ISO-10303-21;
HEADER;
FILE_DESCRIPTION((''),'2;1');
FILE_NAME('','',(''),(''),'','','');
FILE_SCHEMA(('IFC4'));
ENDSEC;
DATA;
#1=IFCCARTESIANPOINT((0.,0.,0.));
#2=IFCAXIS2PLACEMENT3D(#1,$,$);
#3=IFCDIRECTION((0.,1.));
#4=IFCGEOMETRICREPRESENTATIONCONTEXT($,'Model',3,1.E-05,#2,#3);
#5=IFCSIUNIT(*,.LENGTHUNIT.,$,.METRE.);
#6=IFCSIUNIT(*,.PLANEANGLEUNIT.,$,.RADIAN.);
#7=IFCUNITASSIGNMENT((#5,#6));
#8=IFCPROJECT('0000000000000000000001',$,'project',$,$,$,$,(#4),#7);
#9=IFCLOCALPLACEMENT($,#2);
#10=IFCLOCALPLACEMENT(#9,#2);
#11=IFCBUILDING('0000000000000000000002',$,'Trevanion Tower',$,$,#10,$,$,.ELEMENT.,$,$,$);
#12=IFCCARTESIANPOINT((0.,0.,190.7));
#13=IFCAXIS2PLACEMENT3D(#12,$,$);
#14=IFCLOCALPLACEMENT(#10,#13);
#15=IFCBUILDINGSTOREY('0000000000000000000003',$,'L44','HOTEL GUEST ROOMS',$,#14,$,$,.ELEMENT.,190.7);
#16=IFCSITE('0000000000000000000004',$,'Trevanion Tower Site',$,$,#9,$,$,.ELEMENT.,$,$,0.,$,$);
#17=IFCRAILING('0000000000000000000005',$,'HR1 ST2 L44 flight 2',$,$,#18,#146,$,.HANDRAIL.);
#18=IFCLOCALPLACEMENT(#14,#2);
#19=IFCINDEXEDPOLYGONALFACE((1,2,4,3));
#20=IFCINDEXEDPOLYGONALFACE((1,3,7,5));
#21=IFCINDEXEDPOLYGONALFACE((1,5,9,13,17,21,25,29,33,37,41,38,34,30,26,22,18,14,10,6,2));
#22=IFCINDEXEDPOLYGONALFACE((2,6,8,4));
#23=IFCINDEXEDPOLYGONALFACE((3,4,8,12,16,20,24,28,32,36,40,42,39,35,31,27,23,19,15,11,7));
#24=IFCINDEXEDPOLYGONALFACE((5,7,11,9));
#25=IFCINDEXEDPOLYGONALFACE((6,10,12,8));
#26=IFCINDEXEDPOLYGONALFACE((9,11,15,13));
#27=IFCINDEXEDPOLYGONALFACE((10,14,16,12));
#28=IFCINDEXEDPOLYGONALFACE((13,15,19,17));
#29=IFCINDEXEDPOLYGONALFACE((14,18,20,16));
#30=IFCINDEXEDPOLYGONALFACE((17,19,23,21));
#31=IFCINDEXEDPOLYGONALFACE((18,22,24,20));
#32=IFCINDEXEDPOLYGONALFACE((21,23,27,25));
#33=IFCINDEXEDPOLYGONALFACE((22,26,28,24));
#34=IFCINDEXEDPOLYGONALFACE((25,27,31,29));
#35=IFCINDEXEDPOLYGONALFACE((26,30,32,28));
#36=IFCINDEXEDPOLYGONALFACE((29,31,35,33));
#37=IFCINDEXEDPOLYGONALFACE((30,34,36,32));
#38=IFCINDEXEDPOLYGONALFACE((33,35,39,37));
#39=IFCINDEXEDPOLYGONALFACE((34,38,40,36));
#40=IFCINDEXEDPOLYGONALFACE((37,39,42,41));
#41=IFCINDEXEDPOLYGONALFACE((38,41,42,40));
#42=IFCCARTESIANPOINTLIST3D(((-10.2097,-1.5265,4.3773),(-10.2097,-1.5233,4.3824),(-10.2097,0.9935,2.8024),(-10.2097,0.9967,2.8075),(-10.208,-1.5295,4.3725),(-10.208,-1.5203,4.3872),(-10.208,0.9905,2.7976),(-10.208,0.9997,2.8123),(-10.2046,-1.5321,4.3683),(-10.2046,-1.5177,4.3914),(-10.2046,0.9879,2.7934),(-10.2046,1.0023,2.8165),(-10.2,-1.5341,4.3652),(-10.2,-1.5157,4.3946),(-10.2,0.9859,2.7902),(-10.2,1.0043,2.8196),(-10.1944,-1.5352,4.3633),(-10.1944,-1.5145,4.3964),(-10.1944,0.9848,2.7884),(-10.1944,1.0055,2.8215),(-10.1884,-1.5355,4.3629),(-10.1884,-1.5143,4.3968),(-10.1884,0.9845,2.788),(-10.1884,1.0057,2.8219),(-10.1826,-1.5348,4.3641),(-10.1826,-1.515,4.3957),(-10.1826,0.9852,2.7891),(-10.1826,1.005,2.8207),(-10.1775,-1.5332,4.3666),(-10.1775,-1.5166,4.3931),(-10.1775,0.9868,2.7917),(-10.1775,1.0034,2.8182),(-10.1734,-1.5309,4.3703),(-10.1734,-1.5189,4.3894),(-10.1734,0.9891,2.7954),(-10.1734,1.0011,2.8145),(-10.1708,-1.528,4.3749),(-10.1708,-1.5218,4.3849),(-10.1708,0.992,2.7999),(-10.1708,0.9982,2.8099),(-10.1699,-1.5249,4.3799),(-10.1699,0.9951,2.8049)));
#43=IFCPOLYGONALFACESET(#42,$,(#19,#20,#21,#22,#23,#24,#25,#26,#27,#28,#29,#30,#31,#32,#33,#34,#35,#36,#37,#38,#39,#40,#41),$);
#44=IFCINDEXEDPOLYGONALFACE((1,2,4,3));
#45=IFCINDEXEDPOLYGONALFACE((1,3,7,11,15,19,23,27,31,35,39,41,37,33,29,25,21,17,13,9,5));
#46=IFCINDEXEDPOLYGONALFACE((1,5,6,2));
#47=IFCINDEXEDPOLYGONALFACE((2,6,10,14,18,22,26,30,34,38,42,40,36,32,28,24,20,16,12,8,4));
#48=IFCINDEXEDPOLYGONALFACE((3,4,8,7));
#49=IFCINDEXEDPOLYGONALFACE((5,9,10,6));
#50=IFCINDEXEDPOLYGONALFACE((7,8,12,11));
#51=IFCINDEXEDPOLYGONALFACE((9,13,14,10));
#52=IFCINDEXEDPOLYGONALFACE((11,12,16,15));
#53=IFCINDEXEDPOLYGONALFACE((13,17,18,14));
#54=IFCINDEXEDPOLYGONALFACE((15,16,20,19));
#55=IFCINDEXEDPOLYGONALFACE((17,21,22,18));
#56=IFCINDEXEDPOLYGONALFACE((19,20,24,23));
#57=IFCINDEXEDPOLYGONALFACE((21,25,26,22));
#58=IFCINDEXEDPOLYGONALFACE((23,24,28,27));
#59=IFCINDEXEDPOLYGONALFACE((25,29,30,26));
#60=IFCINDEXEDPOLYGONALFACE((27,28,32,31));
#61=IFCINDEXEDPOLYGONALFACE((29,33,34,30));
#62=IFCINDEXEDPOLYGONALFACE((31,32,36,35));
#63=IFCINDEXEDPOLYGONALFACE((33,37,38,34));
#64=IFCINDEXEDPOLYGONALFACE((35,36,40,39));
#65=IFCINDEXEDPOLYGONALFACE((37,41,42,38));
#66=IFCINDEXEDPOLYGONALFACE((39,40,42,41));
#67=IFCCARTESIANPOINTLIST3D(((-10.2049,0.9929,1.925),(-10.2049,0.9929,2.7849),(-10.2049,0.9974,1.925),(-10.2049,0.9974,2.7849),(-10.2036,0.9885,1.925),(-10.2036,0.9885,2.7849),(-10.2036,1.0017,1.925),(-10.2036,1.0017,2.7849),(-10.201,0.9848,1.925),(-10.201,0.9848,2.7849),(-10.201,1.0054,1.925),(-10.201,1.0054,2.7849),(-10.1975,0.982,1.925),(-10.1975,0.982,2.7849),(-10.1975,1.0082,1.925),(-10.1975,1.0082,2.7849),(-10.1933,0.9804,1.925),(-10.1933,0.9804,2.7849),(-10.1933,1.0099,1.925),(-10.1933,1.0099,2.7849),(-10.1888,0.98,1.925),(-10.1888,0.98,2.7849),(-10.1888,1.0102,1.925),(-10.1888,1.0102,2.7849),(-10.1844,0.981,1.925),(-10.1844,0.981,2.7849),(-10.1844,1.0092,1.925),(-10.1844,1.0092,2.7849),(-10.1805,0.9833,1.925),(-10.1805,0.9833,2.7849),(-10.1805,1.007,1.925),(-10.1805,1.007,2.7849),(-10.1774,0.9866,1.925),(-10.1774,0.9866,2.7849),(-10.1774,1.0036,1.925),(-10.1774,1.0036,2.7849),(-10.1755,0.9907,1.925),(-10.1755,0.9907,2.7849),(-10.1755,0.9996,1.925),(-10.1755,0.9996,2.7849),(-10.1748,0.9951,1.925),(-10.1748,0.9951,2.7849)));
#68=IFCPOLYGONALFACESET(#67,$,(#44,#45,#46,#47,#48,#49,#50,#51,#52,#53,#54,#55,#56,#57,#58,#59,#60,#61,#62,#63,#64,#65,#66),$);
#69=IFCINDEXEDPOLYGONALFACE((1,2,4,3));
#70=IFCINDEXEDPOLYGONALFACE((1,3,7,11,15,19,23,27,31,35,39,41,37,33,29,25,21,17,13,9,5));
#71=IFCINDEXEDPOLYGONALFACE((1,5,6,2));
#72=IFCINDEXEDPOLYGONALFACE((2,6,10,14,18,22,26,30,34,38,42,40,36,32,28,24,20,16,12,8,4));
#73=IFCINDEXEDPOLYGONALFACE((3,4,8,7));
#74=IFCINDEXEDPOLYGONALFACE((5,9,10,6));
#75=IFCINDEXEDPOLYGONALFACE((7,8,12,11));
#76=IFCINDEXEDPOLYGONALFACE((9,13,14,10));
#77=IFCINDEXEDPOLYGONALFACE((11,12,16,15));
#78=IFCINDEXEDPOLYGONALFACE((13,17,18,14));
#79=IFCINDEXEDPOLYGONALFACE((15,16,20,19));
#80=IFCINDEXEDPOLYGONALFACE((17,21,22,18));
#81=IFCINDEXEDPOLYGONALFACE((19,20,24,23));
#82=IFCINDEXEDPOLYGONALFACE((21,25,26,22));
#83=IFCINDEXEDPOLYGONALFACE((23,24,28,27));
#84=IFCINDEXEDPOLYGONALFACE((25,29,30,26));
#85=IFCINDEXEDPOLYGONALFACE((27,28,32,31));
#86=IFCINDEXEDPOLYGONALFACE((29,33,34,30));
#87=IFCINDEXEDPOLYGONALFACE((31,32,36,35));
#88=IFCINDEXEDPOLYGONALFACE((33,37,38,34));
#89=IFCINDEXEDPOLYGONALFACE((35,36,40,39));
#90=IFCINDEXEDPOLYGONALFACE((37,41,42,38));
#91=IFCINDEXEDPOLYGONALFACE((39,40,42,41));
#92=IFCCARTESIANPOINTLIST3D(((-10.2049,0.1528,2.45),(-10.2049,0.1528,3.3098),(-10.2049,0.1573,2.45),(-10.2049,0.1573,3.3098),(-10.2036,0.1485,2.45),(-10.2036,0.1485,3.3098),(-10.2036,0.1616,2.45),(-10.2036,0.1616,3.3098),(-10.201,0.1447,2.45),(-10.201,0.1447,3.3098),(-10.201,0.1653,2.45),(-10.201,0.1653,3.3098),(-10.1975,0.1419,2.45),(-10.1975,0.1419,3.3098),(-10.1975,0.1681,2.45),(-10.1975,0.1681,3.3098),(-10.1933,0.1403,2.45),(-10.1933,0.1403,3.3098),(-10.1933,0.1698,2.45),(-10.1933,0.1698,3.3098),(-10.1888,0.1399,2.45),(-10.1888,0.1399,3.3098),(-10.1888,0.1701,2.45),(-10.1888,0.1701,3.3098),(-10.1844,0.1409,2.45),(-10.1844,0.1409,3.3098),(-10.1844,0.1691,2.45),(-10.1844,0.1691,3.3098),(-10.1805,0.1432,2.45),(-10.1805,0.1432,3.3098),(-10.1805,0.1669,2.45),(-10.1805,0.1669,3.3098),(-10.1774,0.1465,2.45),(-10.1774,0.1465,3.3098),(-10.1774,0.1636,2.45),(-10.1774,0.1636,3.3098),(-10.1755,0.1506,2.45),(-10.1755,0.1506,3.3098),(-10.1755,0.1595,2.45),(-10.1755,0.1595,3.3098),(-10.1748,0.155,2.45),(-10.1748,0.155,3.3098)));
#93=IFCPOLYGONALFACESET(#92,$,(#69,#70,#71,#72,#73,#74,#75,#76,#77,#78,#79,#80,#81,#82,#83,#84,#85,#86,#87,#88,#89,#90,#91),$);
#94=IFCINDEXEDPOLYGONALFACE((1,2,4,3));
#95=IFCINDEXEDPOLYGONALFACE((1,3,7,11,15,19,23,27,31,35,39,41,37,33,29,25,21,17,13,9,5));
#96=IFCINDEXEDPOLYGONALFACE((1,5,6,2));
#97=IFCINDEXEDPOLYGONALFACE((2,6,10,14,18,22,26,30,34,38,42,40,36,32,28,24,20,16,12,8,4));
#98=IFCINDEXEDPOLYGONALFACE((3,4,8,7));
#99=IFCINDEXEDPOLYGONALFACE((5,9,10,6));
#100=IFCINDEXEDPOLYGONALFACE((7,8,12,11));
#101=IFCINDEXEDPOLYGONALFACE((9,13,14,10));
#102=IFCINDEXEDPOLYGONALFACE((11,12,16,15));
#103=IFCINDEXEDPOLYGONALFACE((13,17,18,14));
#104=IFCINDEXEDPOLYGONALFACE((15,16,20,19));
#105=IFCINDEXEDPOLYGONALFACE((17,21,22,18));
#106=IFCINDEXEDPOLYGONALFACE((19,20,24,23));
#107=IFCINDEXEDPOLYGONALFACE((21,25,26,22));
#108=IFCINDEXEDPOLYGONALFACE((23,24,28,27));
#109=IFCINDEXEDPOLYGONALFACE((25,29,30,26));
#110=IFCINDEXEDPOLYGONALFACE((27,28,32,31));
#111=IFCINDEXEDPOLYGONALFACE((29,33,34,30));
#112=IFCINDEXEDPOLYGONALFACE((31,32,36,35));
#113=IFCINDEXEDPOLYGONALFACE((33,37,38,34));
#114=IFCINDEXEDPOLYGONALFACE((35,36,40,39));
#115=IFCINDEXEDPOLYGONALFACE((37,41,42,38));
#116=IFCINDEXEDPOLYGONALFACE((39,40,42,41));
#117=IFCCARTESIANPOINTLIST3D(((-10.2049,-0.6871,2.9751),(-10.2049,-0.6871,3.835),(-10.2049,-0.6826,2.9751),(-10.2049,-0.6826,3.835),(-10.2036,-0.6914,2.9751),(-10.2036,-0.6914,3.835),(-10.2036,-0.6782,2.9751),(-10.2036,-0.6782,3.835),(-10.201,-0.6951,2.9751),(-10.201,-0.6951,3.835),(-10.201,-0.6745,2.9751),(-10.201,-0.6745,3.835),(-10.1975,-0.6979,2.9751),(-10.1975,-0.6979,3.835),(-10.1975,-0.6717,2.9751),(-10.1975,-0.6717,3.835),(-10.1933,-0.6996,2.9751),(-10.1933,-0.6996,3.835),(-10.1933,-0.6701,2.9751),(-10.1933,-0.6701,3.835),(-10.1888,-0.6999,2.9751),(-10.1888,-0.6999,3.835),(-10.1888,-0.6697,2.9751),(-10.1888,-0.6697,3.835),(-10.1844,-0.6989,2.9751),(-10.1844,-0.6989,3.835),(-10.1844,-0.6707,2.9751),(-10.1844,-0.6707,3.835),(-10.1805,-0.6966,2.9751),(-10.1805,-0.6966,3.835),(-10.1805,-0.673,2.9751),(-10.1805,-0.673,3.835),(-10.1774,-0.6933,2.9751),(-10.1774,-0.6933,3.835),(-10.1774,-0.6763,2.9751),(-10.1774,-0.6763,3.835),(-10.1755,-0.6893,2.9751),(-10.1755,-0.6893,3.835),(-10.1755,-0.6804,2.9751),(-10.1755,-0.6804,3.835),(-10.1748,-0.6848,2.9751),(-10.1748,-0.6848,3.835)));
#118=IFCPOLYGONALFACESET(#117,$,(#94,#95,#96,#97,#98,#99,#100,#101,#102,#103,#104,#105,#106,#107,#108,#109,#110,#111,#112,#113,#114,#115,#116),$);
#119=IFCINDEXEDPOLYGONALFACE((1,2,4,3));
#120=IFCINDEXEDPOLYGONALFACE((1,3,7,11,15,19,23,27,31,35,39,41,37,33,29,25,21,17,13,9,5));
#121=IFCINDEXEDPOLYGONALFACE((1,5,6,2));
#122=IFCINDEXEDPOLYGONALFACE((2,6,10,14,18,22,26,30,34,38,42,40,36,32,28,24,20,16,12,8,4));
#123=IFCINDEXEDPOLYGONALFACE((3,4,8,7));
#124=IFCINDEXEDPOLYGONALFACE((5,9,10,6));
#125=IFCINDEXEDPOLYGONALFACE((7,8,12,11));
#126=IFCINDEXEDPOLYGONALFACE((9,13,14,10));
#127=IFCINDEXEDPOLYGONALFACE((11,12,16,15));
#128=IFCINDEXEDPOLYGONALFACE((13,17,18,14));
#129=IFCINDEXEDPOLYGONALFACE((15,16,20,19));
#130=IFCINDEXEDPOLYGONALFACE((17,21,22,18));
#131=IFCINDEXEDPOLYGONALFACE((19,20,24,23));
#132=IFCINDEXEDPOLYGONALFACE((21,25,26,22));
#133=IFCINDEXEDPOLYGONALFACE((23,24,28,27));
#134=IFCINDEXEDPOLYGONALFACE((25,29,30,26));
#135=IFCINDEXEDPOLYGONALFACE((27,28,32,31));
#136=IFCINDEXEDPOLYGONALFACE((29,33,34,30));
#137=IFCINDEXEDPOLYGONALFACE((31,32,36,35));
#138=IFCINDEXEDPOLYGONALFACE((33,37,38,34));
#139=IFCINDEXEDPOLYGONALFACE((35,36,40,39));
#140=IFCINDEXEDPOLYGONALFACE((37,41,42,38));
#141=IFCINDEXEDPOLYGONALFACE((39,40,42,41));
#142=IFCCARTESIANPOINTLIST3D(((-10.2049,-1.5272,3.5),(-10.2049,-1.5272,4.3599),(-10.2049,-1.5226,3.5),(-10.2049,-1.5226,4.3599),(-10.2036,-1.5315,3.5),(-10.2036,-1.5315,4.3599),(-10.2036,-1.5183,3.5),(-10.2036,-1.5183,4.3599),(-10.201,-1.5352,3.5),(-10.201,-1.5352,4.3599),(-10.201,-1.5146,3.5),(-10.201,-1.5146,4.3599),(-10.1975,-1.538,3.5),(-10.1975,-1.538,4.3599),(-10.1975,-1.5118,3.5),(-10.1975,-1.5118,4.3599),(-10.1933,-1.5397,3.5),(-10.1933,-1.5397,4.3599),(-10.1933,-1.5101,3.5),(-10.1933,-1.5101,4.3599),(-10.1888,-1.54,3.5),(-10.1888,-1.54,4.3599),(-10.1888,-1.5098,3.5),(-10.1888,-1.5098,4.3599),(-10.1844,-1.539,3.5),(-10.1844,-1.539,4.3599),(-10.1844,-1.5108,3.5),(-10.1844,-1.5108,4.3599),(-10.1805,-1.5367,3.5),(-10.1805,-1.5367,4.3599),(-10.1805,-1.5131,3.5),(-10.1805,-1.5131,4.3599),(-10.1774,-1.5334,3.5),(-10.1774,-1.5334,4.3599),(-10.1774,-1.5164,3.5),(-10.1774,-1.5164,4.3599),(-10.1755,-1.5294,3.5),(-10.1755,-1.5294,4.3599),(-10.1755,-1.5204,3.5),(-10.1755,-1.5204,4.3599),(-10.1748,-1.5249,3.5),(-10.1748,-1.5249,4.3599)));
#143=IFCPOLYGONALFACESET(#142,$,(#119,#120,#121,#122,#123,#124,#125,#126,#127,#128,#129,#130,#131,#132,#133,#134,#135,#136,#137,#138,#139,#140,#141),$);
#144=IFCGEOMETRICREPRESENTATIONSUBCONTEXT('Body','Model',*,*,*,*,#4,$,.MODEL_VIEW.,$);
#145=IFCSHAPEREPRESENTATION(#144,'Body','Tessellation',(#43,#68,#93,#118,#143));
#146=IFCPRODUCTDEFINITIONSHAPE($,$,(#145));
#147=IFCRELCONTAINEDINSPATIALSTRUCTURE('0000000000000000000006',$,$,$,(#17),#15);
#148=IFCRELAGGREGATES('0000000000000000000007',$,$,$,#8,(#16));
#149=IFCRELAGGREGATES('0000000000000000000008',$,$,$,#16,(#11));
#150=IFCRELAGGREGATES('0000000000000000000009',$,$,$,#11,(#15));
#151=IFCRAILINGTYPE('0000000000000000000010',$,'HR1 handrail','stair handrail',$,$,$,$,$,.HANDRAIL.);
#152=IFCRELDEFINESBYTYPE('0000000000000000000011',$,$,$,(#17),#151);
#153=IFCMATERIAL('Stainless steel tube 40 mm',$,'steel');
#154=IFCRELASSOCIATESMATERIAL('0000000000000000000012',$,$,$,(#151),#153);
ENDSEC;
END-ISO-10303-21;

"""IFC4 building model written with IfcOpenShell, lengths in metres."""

from ifc_helpers import new_model, si_unit, direction, frame, origin, origin_2d, place, context, subcontext, project, spatial, circle, extrude, material, type_object, element, save


model = new_model("IFC4")

# Units and contexts
model_context = context("Model", 3, precision=1e-05, world=origin(), true_north=direction((0.0, 1.0)))
body_context = subcontext(model_context, "Body", "Model", "MODEL_VIEW")
ifc_project = project(units=[si_unit("LENGTHUNIT", "METRE"), si_unit("PLANEANGLEUNIT", "RADIAN")], contexts=[model_context])

# Site, building, storey
site_placement = place(None, origin())
site = spatial("IfcSite", under=ifc_project, at=site_placement, Name="Trevanion Tower Site", CompositionType="ELEMENT", RefElevation=0.0)
building_placement = place(site_placement, origin())
building = spatial("IfcBuilding", under=site, at=building_placement, Name="Trevanion Tower", CompositionType="ELEMENT")
storey_placement = place(building_placement, frame((0.0, 0.0, 190.7)))
storey = spatial("IfcBuildingStorey", under=building, at=storey_placement, Name="L44", Description="HOTEL GUEST ROOMS", CompositionType="ELEMENT", Elevation=190.7)

# Railing
ifc_material_1 = material(Name="Stainless steel tube 40 mm", Category="steel")
railing_type = type_object("IfcRailingType", Name="HR1 handrail", Description="stair handrail", PredefinedType="HANDRAIL", material=ifc_material_1)
railing_placement = place(storey_placement, frame((-10.1899, 0.9951, 1.925)))
element("IfcRailing", 1, at=railing_placement, inside=storey, type_object=railing_type, Name="HR1 ST2 L44 flight 2", PredefinedType="HANDRAIL", context=body_context, shape_type="SweptSolid", body=[
    extrude(circle(Radius=0.02, at=origin_2d()), frame((0.0, 0.0, 0.8799), z_axis=(0.0, -0.848008, 0.529984), x_axis=(1.0, 0.0, 0.0)), (0.0, 0.0, 1.0), 2.9717),
    extrude(circle(Radius=0.0151, at=origin_2d()), origin(), (0.0, 0.0, 1.0), 0.8599),
    extrude(circle(Radius=0.0151, at=origin_2d()), frame((0.0, -0.8401, 0.5249)), (0.0, 0.0, 1.0), 0.8599),
    extrude(circle(Radius=0.0151, at=origin_2d()), frame((0.0, -1.6799, 1.05)), (0.0, 0.0, 1.0), 0.8599),
    extrude(circle(Radius=0.0151, at=origin_2d()), frame((0.0, -2.52, 1.575)), (0.0, 0.0, 1.0), 0.8599),
])

save(model, "model.ifc")
